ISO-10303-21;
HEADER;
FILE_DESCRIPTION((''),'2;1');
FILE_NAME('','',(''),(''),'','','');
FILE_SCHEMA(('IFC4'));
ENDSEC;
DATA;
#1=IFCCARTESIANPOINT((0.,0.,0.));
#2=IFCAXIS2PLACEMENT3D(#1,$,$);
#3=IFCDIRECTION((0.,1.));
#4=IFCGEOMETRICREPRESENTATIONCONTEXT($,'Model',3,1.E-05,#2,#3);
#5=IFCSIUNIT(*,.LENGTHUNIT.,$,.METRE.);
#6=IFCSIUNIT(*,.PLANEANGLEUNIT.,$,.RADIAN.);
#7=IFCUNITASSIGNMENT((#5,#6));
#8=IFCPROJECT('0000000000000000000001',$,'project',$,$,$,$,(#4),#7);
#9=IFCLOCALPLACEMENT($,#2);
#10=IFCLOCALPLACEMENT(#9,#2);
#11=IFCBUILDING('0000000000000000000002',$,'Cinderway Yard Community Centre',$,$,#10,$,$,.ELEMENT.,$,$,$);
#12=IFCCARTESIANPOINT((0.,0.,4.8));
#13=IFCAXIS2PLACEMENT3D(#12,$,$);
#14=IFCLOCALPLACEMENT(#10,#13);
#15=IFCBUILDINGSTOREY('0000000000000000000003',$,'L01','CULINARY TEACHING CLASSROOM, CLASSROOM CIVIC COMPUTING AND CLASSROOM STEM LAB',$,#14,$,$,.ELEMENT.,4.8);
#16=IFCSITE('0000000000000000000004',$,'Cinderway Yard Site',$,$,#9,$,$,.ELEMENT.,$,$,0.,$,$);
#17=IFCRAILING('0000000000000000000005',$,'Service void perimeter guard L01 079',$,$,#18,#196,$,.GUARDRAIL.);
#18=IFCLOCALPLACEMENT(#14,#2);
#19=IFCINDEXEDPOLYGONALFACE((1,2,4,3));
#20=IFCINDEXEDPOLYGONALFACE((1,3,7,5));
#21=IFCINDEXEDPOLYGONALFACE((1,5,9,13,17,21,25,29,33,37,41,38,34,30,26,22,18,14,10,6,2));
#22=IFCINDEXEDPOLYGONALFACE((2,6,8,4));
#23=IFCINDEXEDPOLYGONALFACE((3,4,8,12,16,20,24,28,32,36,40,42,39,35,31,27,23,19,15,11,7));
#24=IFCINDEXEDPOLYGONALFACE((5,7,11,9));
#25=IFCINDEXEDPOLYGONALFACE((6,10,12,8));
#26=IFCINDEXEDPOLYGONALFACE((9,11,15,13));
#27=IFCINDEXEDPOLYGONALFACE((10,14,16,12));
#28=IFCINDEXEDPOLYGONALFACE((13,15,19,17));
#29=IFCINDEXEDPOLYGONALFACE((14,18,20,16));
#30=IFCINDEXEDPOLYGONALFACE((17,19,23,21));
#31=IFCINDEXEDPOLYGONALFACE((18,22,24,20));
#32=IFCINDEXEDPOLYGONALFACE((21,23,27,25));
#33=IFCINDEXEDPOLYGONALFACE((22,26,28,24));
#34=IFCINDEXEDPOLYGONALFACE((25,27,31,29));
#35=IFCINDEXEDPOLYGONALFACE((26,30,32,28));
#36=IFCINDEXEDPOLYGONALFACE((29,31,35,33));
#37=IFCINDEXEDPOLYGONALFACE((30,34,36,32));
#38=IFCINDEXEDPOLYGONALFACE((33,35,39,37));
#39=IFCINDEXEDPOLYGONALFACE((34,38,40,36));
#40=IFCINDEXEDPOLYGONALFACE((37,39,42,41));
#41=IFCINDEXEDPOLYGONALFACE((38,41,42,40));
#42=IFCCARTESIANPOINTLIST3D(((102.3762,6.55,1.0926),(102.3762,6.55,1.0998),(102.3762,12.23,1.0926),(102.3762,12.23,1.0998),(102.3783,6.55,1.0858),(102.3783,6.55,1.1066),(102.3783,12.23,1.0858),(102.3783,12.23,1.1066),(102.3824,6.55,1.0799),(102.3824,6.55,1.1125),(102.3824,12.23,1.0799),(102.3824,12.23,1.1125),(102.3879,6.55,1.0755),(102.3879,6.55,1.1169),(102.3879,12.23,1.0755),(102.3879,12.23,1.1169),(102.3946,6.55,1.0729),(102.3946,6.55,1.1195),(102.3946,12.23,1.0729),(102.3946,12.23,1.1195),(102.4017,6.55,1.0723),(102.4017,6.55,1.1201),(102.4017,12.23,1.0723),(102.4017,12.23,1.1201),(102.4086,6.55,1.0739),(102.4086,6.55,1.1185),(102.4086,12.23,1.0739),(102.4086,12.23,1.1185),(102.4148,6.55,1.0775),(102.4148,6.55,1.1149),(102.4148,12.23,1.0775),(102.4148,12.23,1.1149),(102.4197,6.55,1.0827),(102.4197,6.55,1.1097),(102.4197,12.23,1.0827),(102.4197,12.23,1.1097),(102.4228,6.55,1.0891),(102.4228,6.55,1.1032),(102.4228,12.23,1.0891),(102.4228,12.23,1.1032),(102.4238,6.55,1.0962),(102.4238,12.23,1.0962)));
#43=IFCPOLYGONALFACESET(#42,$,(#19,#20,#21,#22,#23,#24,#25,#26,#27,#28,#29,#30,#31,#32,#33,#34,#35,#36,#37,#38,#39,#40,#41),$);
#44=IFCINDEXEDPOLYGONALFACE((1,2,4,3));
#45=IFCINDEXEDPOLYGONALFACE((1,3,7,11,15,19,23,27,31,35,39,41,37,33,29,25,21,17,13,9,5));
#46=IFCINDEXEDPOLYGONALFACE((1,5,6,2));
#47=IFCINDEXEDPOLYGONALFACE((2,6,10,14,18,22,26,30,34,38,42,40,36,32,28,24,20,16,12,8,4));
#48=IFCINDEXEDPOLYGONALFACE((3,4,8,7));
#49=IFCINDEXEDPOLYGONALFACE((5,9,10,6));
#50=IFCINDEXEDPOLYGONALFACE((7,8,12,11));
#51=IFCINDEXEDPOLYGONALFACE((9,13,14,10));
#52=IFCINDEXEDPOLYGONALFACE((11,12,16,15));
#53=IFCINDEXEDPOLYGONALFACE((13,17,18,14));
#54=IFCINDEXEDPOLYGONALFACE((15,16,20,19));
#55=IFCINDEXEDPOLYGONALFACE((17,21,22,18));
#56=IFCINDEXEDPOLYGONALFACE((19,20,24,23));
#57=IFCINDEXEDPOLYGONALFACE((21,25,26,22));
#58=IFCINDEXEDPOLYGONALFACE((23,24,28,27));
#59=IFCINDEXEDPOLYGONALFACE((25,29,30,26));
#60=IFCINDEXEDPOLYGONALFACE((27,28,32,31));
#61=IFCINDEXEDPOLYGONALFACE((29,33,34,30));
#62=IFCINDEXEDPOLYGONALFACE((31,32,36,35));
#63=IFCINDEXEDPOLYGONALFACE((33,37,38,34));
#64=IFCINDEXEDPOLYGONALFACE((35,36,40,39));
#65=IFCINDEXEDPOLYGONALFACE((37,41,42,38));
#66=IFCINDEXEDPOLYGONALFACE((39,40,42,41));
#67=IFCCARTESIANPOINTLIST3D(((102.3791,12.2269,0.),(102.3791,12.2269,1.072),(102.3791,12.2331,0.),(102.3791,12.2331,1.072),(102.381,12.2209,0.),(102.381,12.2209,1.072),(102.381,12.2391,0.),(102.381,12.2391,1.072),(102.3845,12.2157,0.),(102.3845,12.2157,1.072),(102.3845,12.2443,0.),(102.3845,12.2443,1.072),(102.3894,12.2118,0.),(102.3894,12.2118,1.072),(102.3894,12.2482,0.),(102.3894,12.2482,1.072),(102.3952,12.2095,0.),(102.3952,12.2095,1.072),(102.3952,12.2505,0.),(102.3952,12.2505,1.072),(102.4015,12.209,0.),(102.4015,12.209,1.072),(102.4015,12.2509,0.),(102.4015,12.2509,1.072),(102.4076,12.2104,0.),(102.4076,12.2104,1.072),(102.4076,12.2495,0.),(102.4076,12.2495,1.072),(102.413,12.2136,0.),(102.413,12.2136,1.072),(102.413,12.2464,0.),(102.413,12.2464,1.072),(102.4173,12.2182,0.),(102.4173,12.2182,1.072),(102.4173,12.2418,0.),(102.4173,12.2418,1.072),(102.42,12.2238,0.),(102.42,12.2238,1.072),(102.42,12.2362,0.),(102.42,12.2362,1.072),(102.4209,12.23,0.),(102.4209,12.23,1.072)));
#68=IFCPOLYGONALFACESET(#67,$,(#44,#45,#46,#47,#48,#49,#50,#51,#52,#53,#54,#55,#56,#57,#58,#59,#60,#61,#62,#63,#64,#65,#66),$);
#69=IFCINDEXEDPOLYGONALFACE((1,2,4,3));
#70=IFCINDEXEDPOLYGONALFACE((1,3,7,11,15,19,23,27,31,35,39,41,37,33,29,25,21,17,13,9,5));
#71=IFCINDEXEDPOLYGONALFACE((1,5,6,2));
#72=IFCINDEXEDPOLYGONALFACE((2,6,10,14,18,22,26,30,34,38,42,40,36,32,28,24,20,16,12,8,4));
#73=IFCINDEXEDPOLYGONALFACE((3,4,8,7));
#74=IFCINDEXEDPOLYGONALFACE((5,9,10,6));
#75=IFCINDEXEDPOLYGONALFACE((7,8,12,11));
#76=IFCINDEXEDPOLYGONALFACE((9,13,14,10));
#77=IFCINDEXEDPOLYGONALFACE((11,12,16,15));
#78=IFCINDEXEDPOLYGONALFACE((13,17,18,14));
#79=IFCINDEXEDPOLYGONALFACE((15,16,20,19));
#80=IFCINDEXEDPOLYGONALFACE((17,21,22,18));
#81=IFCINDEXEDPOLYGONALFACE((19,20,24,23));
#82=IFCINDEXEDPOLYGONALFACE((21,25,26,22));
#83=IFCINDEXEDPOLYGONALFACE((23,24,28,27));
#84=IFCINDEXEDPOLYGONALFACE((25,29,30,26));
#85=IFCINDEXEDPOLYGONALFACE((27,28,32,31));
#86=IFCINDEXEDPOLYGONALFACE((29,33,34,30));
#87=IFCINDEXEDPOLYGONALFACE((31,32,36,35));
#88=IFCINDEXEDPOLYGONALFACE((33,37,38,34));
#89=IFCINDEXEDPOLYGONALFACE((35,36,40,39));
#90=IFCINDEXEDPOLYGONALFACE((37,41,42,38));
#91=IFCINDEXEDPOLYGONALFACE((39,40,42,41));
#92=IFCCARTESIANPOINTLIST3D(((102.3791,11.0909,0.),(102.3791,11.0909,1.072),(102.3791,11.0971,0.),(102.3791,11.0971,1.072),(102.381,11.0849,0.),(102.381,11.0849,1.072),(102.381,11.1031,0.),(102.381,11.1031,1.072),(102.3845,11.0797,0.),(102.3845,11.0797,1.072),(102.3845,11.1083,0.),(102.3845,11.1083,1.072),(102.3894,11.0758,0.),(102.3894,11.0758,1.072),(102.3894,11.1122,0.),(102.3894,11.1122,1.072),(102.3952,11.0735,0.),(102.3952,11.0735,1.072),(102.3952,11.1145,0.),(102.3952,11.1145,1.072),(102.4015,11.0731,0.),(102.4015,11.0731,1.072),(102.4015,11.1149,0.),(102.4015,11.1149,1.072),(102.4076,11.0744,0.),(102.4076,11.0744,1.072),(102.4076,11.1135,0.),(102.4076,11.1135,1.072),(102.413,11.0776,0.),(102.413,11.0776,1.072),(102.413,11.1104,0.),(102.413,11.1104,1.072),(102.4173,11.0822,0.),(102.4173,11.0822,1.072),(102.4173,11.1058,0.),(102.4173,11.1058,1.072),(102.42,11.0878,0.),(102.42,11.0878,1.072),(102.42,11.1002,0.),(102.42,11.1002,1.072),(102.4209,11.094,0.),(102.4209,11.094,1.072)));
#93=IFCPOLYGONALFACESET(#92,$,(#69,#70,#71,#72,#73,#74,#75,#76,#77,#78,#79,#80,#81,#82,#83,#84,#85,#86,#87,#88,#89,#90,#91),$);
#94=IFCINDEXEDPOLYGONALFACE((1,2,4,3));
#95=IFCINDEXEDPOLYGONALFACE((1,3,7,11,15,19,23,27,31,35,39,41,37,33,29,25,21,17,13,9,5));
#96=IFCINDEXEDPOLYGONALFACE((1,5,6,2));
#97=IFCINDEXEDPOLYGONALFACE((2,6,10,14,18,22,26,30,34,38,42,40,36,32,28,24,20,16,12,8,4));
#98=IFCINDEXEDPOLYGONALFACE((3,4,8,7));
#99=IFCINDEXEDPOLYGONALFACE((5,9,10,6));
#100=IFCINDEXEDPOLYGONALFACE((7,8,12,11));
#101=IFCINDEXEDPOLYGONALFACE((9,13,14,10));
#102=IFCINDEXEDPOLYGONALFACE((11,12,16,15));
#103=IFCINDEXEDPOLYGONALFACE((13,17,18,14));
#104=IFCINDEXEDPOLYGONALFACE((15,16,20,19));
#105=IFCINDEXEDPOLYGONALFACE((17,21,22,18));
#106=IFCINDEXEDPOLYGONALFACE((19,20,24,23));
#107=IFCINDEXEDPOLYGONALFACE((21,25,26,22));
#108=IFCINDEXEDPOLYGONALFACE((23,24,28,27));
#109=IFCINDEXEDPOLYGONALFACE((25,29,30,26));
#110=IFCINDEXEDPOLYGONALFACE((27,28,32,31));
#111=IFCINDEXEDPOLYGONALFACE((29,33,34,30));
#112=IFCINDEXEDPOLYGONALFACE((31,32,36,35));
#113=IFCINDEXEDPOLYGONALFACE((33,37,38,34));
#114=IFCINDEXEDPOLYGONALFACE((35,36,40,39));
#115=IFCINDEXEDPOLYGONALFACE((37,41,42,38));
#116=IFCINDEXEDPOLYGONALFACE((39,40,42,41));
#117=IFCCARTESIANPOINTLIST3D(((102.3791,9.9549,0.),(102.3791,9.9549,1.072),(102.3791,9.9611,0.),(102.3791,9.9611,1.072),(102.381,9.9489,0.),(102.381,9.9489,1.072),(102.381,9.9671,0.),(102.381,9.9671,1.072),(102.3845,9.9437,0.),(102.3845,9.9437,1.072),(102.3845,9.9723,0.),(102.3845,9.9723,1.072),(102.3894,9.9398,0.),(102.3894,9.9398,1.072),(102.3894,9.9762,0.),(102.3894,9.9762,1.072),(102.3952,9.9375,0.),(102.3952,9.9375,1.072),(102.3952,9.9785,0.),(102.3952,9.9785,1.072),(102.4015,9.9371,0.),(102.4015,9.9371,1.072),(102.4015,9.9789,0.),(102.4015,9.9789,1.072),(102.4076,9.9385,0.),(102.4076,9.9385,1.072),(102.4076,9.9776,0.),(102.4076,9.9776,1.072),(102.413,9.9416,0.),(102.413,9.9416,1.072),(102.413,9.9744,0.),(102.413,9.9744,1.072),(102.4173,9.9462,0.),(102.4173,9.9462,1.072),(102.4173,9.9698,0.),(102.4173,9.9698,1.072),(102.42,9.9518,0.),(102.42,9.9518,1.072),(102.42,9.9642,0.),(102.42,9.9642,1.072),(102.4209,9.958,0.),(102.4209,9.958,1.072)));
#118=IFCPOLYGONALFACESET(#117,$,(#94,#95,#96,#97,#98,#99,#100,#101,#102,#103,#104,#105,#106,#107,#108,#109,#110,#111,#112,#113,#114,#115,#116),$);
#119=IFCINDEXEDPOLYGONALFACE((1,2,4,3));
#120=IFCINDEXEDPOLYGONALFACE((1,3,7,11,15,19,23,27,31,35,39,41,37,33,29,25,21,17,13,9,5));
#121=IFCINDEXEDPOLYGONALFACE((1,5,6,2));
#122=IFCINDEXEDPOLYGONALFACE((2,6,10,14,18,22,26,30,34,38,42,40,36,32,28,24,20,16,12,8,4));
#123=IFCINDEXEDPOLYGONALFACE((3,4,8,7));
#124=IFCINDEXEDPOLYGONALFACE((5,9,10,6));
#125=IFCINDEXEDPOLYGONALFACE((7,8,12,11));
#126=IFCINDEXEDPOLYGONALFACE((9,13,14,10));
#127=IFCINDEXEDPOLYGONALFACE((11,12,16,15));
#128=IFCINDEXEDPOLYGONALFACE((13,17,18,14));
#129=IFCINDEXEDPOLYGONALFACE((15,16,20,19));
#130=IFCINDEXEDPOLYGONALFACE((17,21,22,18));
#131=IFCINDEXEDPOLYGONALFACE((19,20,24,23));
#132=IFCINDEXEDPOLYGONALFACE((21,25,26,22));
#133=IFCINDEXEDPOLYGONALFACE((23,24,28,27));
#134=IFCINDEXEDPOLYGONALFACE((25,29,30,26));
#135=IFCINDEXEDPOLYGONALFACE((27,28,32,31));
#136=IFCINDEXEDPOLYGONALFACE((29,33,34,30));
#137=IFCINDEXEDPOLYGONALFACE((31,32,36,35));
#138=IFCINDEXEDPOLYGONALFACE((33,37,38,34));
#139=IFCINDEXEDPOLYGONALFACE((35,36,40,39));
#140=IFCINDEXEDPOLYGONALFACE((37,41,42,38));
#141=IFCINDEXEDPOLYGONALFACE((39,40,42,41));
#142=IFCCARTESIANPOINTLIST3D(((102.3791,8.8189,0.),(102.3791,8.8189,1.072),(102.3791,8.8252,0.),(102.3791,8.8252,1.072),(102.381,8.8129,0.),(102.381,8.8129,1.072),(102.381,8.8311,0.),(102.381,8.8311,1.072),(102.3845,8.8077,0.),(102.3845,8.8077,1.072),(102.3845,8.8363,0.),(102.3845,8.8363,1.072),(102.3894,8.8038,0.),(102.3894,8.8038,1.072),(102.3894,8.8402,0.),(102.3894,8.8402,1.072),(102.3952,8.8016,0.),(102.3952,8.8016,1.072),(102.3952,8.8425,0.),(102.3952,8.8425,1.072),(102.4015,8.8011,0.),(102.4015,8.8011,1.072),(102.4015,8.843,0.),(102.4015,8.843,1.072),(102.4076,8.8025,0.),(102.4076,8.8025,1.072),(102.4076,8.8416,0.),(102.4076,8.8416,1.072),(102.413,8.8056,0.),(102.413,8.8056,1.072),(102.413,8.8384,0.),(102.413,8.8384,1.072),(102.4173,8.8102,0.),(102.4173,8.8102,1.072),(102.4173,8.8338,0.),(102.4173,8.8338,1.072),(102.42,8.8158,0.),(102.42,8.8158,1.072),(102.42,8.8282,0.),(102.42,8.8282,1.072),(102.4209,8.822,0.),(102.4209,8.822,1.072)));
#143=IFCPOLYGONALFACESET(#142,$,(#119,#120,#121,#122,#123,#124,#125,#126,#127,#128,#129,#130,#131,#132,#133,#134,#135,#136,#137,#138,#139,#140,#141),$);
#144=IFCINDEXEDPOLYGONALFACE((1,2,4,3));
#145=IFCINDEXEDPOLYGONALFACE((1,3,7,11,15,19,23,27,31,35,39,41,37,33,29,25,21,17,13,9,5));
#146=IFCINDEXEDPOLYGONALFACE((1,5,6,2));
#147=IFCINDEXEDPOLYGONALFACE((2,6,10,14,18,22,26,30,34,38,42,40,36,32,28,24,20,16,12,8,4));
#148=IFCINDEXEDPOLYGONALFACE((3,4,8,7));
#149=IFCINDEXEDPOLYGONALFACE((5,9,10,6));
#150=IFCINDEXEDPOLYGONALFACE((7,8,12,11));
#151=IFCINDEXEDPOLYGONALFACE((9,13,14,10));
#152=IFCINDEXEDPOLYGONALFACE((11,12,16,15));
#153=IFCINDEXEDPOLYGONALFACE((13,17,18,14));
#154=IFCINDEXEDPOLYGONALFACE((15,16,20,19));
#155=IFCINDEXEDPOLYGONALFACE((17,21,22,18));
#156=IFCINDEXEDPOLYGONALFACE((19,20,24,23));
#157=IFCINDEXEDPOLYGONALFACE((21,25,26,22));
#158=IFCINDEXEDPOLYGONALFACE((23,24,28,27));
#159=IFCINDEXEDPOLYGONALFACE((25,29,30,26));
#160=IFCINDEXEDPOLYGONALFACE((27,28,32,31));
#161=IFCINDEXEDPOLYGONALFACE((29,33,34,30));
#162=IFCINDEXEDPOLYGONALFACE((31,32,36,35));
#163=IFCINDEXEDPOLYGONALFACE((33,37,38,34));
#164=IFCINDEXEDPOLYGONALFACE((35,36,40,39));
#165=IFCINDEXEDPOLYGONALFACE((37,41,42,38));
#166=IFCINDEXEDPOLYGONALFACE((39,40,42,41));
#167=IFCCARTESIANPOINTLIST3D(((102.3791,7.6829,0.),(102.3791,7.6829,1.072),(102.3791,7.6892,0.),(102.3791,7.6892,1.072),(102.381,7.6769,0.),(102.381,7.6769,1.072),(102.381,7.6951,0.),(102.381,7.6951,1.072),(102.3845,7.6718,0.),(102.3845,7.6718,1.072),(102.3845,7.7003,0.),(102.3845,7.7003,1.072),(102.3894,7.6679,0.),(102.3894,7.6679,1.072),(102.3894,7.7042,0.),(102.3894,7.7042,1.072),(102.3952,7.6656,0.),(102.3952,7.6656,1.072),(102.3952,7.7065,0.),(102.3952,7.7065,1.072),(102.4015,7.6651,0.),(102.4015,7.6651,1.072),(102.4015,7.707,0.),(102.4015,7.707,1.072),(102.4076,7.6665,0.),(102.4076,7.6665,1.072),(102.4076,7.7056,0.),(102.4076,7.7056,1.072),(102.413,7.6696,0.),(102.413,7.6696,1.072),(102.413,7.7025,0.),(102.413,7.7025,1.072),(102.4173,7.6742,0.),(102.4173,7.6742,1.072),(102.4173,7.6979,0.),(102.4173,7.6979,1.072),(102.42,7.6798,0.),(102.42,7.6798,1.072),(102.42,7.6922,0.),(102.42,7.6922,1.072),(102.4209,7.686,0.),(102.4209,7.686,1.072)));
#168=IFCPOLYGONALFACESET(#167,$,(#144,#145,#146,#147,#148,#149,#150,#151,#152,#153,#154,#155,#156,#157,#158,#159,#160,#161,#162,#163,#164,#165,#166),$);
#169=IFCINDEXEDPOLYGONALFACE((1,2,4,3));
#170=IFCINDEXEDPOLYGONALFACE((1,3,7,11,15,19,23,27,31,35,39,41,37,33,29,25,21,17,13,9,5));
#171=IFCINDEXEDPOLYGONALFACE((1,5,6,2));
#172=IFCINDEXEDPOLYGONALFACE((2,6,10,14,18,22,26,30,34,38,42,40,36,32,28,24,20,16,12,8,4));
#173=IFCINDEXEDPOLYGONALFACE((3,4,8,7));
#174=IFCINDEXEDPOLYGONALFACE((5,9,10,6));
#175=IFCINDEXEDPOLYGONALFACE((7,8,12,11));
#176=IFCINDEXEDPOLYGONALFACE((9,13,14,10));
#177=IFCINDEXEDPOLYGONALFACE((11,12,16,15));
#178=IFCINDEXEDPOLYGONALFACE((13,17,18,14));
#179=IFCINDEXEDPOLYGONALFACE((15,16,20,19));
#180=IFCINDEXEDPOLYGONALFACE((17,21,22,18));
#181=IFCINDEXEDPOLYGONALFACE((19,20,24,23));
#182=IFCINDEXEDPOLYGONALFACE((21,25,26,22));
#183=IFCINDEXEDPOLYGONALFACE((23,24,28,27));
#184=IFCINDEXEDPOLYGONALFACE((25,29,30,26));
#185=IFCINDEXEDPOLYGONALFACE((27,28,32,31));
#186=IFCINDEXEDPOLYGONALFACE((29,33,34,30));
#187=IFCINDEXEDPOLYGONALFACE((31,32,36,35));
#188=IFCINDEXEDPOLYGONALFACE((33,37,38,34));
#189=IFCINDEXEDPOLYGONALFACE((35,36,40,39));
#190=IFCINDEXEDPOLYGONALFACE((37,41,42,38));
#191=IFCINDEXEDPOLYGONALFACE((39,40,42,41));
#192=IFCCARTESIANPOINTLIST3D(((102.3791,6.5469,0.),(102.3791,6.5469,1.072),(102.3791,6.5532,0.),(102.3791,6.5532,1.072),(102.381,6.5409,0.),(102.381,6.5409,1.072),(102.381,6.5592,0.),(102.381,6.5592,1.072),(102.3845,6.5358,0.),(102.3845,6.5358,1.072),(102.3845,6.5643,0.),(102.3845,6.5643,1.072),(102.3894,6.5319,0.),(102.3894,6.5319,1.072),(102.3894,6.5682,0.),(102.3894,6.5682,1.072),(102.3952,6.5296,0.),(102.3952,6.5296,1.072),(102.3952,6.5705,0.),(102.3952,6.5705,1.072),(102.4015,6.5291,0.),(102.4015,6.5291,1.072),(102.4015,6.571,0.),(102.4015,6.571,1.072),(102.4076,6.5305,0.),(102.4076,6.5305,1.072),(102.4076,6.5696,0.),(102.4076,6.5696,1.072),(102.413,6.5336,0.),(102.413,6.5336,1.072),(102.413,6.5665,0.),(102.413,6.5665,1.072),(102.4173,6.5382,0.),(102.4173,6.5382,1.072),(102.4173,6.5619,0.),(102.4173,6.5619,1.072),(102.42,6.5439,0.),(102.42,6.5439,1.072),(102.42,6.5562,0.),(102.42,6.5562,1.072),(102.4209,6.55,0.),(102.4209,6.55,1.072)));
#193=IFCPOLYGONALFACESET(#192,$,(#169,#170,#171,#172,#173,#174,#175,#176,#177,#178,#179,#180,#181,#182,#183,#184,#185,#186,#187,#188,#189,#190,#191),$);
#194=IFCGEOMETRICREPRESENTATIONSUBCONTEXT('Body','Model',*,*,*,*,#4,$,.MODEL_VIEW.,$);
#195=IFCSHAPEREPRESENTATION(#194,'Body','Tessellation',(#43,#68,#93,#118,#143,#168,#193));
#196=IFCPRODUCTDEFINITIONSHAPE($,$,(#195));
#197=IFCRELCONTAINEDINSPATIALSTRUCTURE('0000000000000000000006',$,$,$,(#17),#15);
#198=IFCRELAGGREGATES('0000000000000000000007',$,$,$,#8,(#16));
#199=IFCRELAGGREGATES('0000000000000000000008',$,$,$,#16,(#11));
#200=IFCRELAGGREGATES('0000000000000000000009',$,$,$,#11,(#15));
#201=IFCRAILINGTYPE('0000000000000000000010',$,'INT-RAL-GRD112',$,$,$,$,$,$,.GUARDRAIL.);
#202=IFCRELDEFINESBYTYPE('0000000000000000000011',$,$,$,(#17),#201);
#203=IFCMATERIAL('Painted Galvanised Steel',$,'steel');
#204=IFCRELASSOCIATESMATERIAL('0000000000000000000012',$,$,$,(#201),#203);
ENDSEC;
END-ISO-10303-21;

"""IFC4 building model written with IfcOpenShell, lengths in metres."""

from ifc_helpers import new_model, si_unit, direction, frame, origin, origin_2d, place, context, subcontext, project, spatial, circle, extrude, material, type_object, element, save


model = new_model("IFC4")

# Units and contexts
model_context = context("Model", 3, precision=1e-05, world=origin(), true_north=direction((0.0, 1.0)))
body_context = subcontext(model_context, "Body", "Model", "MODEL_VIEW")
ifc_project = project(units=[si_unit("LENGTHUNIT", "METRE"), si_unit("PLANEANGLEUNIT", "RADIAN")], contexts=[model_context])

# Site, building, storey
site_placement = place(None, origin())
site = spatial("IfcSite", under=ifc_project, at=site_placement, Name="Cinderway Yard Site", CompositionType="ELEMENT", RefElevation=0.0)
building_placement = place(site_placement, origin())
building = spatial("IfcBuilding", under=site, at=building_placement, Name="Cinderway Yard Community Centre", CompositionType="ELEMENT")
storey_placement = place(building_placement, frame((0.0, 0.0, 4.8)))
storey = spatial("IfcBuildingStorey", under=building, at=storey_placement, Name="L01", Description="CULINARY TEACHING CLASSROOM, CLASSROOM CIVIC COMPUTING AND CLASSROOM STEM LAB", CompositionType="ELEMENT", Elevation=4.8)

# Railing
ifc_material_1 = material(Name="Painted Galvanised Steel", Category="steel")
railing_type_1 = type_object("IfcRailingType", Name="INT-RAL-GRD112", PredefinedType="GUARDRAIL", material=ifc_material_1)
railing_1_placement = place(storey_placement, frame((102.3999, 12.23, 0.0)))
element("IfcRailing", 1, at=railing_1_placement, inside=storey, type_object=railing_type_1, Name="Service void perimeter guard L01 079", PredefinedType="GUARDRAIL", context=body_context, shape_type="SweptSolid", body=[
    extrude(circle(Radius=0.0239, at=origin_2d()), frame((0.0, 0.0, 1.0962), z_axis=(0.0, -1.0, 0.0), x_axis=(1.0, 0.0, 0.0)), (0.0, 0.0, 1.0), 5.6799),
    extrude(circle(Radius=0.021, at=origin_2d()), origin(), (0.0, 0.0, 1.0), 1.072),
    extrude(circle(Radius=0.021, at=origin_2d()), frame((0.0, -1.136, 0.0)), (0.0, 0.0, 1.0), 1.072),
    extrude(circle(Radius=0.021, at=origin_2d()), frame((0.0, -2.272, 0.0)), (0.0, 0.0, 1.0), 1.072),
    extrude(circle(Radius=0.021, at=origin_2d()), frame((0.0, -3.408, 0.0)), (0.0, 0.0, 1.0), 1.072),
    extrude(circle(Radius=0.021, at=origin_2d()), frame((0.0, -4.5439, 0.0)), (0.0, 0.0, 1.0), 1.072),
    extrude(circle(Radius=0.021, at=origin_2d()), frame((0.0, -5.6799, 0.0)), (0.0, 0.0, 1.0), 1.072),
])

save(model, "model.ifc")
